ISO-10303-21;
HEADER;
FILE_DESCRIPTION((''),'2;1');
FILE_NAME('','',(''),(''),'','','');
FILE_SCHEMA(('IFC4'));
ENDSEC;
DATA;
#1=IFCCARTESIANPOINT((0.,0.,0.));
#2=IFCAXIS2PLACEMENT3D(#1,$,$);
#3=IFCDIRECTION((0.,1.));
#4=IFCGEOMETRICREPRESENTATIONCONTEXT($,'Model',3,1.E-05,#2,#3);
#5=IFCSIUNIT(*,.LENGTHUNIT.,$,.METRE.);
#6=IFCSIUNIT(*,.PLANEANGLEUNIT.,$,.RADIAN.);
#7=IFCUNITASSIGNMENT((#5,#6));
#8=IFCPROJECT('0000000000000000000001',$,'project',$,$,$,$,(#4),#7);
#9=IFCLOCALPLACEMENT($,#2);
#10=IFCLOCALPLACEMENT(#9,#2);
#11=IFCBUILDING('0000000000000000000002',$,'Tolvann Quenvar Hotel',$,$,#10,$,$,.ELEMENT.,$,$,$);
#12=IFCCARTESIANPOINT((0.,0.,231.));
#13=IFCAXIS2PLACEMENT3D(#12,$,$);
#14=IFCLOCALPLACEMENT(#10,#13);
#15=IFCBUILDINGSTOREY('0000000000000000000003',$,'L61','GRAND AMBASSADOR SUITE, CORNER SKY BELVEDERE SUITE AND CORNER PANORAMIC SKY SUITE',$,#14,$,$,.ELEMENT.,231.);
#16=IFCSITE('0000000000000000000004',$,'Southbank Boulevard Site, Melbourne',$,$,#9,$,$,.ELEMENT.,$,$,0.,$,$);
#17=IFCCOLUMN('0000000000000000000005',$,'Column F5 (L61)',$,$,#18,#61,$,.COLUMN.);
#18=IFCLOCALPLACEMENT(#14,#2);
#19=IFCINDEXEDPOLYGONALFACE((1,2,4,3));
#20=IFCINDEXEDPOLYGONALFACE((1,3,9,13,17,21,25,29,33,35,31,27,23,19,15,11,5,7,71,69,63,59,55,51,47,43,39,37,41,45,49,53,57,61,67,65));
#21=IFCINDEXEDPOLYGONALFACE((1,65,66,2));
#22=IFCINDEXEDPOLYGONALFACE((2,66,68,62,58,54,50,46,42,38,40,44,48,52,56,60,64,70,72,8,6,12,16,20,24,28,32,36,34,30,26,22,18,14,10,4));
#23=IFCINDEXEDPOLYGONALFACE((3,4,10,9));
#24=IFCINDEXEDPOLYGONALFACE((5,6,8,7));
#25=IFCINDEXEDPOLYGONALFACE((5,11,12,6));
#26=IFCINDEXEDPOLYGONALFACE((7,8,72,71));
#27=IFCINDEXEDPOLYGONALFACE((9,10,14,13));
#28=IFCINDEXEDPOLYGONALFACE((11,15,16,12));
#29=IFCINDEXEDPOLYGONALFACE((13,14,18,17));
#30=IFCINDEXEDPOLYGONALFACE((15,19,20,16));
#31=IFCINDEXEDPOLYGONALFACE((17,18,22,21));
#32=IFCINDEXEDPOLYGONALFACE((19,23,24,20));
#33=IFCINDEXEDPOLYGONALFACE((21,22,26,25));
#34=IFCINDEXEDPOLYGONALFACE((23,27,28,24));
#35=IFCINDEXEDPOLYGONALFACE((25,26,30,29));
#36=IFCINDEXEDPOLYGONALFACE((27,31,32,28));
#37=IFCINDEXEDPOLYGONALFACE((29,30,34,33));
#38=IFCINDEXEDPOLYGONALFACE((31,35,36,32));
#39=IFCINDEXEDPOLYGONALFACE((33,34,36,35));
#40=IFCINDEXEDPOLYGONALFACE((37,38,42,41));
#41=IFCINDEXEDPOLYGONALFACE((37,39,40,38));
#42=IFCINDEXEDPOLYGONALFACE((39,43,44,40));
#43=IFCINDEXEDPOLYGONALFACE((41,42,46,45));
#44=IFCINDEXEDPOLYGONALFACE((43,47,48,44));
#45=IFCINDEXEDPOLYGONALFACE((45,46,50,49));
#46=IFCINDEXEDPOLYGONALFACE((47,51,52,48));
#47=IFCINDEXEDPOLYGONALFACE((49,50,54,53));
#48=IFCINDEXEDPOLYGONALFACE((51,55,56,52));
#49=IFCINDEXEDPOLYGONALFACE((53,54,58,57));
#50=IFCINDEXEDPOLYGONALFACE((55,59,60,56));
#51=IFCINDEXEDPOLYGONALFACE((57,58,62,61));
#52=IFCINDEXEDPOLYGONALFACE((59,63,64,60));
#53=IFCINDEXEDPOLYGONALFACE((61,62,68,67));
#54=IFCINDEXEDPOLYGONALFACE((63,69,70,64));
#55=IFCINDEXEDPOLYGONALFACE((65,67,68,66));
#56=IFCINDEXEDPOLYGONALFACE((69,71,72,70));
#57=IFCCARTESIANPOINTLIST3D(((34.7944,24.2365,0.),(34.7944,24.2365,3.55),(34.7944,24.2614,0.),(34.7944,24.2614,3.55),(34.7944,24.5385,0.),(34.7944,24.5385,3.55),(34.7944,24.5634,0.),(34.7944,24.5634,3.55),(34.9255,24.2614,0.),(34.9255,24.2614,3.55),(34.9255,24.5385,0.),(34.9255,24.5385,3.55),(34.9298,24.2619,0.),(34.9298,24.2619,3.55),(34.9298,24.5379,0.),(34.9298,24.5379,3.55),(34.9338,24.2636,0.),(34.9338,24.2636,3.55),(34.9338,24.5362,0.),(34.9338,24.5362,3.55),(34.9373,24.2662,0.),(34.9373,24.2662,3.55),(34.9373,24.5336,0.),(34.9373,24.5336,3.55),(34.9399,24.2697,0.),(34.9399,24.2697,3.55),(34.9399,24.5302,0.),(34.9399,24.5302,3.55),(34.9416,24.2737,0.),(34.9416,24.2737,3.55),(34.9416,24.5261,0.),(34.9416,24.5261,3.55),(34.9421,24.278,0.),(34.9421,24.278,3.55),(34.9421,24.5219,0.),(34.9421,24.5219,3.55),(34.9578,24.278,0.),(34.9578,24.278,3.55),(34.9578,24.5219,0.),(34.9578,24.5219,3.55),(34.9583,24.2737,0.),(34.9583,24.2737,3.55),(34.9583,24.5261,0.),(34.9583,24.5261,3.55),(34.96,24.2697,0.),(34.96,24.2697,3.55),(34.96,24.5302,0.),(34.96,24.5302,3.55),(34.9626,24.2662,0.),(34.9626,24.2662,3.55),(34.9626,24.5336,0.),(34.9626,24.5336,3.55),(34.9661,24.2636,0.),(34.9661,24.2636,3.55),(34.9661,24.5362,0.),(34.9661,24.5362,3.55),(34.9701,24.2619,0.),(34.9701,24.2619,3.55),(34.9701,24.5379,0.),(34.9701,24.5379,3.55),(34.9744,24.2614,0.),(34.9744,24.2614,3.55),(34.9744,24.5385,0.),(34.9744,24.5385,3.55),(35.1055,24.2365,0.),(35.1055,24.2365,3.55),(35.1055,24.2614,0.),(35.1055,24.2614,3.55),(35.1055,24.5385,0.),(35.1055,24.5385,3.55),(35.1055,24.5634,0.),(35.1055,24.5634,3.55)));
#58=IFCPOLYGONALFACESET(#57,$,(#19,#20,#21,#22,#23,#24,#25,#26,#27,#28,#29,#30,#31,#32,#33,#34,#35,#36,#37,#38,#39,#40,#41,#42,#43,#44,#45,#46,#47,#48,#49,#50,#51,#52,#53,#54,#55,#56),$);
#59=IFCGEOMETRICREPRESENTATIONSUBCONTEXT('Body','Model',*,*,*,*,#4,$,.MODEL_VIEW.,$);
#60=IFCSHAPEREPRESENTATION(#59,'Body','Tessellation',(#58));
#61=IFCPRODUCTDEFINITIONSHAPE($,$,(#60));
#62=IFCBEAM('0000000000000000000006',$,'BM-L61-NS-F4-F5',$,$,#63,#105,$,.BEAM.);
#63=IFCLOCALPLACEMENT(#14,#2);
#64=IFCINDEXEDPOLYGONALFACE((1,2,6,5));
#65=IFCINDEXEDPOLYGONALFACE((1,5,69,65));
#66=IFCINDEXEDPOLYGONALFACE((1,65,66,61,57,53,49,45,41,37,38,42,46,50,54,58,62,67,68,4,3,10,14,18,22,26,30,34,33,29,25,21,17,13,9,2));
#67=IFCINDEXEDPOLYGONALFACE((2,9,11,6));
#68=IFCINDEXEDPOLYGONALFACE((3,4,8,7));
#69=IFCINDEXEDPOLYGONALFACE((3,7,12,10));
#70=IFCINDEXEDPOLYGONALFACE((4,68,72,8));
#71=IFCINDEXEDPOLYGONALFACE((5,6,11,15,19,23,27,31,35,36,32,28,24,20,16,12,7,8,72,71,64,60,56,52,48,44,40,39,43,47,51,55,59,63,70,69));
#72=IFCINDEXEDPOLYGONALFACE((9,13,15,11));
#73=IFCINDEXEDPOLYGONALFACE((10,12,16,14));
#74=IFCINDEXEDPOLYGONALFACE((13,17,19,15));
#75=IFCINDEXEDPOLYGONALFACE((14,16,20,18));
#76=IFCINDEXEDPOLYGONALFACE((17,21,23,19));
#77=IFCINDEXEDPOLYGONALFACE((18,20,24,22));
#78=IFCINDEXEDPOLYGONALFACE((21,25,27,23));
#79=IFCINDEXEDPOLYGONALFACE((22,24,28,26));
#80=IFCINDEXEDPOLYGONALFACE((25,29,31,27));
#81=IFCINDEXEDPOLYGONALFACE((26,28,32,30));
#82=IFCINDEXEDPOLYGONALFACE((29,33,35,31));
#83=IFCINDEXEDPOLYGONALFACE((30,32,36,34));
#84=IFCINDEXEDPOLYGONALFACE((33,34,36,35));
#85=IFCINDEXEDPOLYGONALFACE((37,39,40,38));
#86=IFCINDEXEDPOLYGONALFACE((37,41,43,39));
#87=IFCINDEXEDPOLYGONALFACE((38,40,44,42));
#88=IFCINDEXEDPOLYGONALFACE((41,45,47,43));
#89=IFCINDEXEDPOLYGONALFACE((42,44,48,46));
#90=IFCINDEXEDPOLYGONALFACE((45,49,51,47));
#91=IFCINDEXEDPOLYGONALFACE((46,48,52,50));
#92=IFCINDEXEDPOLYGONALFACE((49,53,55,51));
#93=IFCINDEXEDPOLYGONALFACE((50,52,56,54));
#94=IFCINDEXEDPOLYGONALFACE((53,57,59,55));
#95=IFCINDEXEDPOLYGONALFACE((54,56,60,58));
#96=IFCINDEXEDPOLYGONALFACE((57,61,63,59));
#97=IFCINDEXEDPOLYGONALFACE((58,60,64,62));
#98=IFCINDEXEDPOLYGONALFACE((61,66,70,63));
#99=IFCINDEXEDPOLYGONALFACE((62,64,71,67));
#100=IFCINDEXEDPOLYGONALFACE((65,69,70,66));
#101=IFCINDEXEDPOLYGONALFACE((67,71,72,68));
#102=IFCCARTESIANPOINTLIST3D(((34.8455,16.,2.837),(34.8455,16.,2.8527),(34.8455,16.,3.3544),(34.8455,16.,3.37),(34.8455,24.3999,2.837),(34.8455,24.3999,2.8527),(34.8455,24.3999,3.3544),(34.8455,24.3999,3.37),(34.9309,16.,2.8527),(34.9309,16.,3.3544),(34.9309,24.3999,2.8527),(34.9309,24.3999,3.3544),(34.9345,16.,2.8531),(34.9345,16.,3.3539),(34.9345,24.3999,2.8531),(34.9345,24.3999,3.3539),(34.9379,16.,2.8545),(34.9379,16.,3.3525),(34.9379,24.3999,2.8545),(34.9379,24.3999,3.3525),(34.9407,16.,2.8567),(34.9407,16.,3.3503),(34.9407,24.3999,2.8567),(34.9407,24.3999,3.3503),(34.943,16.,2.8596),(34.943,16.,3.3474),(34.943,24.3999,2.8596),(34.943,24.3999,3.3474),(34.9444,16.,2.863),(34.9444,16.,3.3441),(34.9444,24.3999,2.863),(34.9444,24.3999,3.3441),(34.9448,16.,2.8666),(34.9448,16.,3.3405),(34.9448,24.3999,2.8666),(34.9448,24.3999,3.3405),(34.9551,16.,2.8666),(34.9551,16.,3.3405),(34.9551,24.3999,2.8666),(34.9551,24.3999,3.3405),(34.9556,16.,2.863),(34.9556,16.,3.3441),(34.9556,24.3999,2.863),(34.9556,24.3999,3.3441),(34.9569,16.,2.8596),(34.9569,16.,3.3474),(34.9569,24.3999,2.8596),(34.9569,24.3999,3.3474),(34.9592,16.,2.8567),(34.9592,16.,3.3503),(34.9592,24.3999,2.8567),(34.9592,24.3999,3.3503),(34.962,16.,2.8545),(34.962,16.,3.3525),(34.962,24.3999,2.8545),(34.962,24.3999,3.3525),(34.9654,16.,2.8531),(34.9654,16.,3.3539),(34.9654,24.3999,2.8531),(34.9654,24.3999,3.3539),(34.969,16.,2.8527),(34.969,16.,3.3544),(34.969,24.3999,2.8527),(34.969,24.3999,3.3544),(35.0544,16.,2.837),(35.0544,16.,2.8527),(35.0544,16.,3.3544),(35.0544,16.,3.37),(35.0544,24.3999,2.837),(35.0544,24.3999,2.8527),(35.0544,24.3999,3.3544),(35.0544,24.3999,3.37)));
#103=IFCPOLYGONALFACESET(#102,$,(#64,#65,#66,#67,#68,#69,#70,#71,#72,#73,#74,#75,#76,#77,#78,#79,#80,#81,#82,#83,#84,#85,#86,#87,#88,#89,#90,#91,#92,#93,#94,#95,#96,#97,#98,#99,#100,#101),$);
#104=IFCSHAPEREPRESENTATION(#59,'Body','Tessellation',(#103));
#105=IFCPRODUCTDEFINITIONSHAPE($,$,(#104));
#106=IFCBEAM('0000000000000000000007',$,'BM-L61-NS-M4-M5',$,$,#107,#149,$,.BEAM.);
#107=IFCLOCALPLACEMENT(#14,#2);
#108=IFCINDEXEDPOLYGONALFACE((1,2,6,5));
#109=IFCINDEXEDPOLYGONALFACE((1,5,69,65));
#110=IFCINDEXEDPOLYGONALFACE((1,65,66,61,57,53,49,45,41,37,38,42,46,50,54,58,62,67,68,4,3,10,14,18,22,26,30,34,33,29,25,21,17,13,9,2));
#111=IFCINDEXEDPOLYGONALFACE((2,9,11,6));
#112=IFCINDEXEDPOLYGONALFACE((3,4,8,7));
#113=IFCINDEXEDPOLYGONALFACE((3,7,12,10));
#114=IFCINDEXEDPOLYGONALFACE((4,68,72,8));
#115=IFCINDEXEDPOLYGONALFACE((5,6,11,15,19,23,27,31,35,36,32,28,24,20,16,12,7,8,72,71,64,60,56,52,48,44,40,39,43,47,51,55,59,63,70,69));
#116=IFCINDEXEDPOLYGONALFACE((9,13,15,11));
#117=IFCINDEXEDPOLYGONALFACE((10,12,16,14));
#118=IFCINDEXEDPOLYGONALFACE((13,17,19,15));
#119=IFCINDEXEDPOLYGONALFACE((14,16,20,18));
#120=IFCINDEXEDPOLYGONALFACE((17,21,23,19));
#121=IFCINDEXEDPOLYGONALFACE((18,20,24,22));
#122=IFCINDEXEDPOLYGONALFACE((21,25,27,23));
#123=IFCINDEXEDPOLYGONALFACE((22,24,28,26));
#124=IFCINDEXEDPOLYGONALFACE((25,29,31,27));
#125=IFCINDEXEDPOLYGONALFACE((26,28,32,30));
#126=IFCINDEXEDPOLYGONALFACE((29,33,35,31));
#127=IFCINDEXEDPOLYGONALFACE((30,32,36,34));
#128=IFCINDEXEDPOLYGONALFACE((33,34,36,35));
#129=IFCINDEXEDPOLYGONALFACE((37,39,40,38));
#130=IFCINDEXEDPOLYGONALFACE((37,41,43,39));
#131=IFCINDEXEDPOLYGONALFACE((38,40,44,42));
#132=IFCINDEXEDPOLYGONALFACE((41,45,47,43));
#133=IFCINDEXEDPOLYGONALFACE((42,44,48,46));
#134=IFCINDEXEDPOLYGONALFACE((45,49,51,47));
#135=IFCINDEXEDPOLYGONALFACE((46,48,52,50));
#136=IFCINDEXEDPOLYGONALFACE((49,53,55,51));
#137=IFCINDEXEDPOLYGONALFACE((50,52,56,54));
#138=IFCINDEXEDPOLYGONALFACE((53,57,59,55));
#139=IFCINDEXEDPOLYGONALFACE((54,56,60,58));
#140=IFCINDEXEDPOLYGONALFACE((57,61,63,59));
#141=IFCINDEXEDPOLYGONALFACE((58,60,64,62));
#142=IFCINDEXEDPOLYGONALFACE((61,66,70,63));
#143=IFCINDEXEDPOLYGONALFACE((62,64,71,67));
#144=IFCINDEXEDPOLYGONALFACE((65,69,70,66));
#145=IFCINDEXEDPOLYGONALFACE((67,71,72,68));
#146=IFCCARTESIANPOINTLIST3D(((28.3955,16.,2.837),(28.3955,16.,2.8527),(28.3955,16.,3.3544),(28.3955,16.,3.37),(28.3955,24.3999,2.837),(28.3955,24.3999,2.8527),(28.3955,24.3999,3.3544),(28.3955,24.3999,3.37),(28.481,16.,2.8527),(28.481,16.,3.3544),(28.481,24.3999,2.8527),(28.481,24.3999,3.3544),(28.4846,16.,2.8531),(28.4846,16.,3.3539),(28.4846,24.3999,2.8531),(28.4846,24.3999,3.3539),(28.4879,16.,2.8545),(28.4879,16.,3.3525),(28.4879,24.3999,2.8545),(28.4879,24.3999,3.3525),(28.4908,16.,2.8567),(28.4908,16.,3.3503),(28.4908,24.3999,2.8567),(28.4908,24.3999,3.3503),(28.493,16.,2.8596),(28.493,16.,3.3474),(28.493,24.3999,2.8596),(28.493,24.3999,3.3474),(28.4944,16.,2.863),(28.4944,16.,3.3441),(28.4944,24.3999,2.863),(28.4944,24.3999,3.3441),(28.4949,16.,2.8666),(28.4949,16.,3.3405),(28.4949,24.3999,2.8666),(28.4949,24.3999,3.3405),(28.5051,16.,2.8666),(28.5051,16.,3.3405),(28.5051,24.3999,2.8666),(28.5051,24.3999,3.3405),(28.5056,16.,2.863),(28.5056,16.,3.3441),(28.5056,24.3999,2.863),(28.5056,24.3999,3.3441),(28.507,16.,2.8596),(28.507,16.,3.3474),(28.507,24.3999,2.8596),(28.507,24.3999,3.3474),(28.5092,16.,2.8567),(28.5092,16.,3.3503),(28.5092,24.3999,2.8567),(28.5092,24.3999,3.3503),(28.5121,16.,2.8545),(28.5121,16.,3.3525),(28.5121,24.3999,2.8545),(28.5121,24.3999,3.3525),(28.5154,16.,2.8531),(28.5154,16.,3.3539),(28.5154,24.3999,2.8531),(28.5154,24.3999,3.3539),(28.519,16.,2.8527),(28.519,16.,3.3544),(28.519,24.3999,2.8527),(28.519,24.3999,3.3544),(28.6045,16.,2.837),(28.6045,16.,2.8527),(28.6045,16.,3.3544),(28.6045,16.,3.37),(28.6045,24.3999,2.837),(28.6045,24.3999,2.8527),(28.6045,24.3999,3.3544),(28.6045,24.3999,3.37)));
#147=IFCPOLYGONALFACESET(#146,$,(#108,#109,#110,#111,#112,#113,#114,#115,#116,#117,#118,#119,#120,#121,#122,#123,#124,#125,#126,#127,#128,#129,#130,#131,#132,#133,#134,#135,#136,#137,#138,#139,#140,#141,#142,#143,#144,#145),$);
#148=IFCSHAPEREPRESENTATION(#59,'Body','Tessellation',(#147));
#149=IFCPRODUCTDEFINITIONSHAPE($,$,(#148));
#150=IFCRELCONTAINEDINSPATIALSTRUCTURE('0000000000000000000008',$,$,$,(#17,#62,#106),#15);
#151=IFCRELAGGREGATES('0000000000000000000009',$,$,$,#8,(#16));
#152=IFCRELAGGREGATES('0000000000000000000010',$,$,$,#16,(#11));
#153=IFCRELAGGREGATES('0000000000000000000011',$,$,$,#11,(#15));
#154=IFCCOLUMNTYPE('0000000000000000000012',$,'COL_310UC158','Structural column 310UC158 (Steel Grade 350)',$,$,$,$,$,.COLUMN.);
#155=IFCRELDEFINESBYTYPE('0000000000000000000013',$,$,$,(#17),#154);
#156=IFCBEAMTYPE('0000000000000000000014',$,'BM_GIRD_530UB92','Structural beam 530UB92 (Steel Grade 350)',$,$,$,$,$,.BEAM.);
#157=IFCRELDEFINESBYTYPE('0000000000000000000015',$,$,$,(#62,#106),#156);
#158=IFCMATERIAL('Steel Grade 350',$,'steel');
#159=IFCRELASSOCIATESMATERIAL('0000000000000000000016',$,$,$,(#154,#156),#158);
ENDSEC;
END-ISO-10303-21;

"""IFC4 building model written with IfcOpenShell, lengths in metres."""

from ifc_helpers import new_model, si_unit, direction, frame, origin, origin_2d, place, context, subcontext, project, spatial, i_section, extrude, source, transform, mapped, material, material_profile, profile_set, type_object, type_shapes, element, save


model = new_model("IFC4")

# Units and contexts
model_context = context("Model", 3, precision=1e-05, world=origin(), true_north=direction((0.0, 1.0)))
body_context = subcontext(model_context, "Body", "Model", "MODEL_VIEW")
ifc_project = project(units=[si_unit("LENGTHUNIT", "METRE"), si_unit("PLANEANGLEUNIT", "RADIAN")], contexts=[model_context])

# Site, building, storey
site_placement = place(None, origin())
site = spatial("IfcSite", under=ifc_project, at=site_placement, Name="Southbank Boulevard Site, Melbourne", CompositionType="ELEMENT", RefElevation=0.0)
building_placement = place(site_placement, origin())
building = spatial("IfcBuilding", under=site, at=building_placement, Name="Tolvann Quenvar Hotel", CompositionType="ELEMENT")
storey_placement = place(building_placement, frame((0.0, 0.0, 231.0)))
storey = spatial("IfcBuildingStorey", under=building, at=storey_placement, Name="L61", Description="GRAND AMBASSADOR SUITE, CORNER SKY BELVEDERE SUITE AND CORNER PANORAMIC SKY SUITE", CompositionType="ELEMENT", Elevation=231.0)

# Column
ifc_material_1 = material(Name="Steel Grade 350", Category="steel")
ifc_material_profile_1 = material_profile(ifc_material_1, i_section(OverallWidth=0.311, OverallDepth=0.3269, WebThickness=0.0156, FlangeThickness=0.0249, FilletRadius=0.0166, at=origin_2d()), Name="310UC158")
ifc_profile_set_1 = profile_set([ifc_material_profile_1], Name="Steel Grade 350")
column_type_1 = type_object("IfcColumnType", Name="COL_310UC158", Description="Structural column 310UC158 (Steel Grade 350)", PredefinedType="COLUMN", material=ifc_profile_set_1)
shared_shape_1 = source(origin(), body_context, "Body", "SweptSolid", [
    extrude(i_section(OverallWidth=0.311, OverallDepth=0.3269, WebThickness=0.0156, FlangeThickness=0.0249, FilletRadius=0.0166, at=origin_2d()), origin(), (0.0, 0.0, 1.0), 3.55),
])
type_shapes(column_type_1, [shared_shape_1])
for number, where, z_axis, x_axis, name in (
    (1, (34.95, 24.3999, 0.0), (0.0, 0.0, 1.0), (1.0, 0.0, 0.0), "Column F5 (L61)"),
):
    element("IfcColumn", number, at=place(storey_placement, frame(where, z_axis=z_axis, x_axis=x_axis)), inside=storey, type_object=column_type_1, Name=name, PredefinedType="COLUMN", context=body_context, shape_type="MappedRepresentation", body=[
        mapped(shared_shape_1, transform((0.0, 0.0, 0.0), x_axis=(1.0, 0.0, 0.0), y_axis=(0.0, 1.0, 0.0), z_axis=(0.0, 0.0, 1.0), scale=1.0)),
    ])

# Beams
ifc_material_profile_2 = material_profile(ifc_material_1, i_section(OverallWidth=0.209, OverallDepth=0.533, WebThickness=0.0103, FlangeThickness=0.0156, FilletRadius=0.0139, at=origin_2d()), Name="530UB92")
ifc_profile_set_2 = profile_set([ifc_material_profile_2], Name="Steel Grade 350")
beam_type_1 = type_object("IfcBeamType", Name="BM_GIRD_530UB92", Description="Structural beam 530UB92 (Steel Grade 350)", PredefinedType="BEAM", material=ifc_profile_set_2)
shared_shape_2 = source(origin(), body_context, "Body", "SweptSolid", [
    extrude(i_section(OverallWidth=0.209, OverallDepth=0.533, WebThickness=0.0103, FlangeThickness=0.0156, FilletRadius=0.0139, at=origin_2d()), origin(), (0.0, 0.0, 1.0), 8.3999),
])
type_shapes(beam_type_1, [shared_shape_2])
for number, where, z_axis, x_axis, name in (
    (2, (34.95, 16.0, 3.1035), (0.0, 1.0, 0.0), (-1.0, 0.0, 0.0), "BM-L61-NS-F4-F5"),
    (3, (28.5, 16.0, 3.1035), (0.0, 1.0, 0.0), (-1.0, 0.0, 0.0), "BM-L61-NS-M4-M5"),
):
    element("IfcBeam", number, at=place(storey_placement, frame(where, z_axis=z_axis, x_axis=x_axis)), inside=storey, type_object=beam_type_1, Name=name, PredefinedType="BEAM", context=body_context, shape_type="MappedRepresentation", body=[
        mapped(shared_shape_2, transform((0.0, 0.0, 0.0), x_axis=(1.0, 0.0, 0.0), y_axis=(0.0, 1.0, 0.0), z_axis=(0.0, 0.0, 1.0), scale=1.0)),
    ])

save(model, "model.ifc")
